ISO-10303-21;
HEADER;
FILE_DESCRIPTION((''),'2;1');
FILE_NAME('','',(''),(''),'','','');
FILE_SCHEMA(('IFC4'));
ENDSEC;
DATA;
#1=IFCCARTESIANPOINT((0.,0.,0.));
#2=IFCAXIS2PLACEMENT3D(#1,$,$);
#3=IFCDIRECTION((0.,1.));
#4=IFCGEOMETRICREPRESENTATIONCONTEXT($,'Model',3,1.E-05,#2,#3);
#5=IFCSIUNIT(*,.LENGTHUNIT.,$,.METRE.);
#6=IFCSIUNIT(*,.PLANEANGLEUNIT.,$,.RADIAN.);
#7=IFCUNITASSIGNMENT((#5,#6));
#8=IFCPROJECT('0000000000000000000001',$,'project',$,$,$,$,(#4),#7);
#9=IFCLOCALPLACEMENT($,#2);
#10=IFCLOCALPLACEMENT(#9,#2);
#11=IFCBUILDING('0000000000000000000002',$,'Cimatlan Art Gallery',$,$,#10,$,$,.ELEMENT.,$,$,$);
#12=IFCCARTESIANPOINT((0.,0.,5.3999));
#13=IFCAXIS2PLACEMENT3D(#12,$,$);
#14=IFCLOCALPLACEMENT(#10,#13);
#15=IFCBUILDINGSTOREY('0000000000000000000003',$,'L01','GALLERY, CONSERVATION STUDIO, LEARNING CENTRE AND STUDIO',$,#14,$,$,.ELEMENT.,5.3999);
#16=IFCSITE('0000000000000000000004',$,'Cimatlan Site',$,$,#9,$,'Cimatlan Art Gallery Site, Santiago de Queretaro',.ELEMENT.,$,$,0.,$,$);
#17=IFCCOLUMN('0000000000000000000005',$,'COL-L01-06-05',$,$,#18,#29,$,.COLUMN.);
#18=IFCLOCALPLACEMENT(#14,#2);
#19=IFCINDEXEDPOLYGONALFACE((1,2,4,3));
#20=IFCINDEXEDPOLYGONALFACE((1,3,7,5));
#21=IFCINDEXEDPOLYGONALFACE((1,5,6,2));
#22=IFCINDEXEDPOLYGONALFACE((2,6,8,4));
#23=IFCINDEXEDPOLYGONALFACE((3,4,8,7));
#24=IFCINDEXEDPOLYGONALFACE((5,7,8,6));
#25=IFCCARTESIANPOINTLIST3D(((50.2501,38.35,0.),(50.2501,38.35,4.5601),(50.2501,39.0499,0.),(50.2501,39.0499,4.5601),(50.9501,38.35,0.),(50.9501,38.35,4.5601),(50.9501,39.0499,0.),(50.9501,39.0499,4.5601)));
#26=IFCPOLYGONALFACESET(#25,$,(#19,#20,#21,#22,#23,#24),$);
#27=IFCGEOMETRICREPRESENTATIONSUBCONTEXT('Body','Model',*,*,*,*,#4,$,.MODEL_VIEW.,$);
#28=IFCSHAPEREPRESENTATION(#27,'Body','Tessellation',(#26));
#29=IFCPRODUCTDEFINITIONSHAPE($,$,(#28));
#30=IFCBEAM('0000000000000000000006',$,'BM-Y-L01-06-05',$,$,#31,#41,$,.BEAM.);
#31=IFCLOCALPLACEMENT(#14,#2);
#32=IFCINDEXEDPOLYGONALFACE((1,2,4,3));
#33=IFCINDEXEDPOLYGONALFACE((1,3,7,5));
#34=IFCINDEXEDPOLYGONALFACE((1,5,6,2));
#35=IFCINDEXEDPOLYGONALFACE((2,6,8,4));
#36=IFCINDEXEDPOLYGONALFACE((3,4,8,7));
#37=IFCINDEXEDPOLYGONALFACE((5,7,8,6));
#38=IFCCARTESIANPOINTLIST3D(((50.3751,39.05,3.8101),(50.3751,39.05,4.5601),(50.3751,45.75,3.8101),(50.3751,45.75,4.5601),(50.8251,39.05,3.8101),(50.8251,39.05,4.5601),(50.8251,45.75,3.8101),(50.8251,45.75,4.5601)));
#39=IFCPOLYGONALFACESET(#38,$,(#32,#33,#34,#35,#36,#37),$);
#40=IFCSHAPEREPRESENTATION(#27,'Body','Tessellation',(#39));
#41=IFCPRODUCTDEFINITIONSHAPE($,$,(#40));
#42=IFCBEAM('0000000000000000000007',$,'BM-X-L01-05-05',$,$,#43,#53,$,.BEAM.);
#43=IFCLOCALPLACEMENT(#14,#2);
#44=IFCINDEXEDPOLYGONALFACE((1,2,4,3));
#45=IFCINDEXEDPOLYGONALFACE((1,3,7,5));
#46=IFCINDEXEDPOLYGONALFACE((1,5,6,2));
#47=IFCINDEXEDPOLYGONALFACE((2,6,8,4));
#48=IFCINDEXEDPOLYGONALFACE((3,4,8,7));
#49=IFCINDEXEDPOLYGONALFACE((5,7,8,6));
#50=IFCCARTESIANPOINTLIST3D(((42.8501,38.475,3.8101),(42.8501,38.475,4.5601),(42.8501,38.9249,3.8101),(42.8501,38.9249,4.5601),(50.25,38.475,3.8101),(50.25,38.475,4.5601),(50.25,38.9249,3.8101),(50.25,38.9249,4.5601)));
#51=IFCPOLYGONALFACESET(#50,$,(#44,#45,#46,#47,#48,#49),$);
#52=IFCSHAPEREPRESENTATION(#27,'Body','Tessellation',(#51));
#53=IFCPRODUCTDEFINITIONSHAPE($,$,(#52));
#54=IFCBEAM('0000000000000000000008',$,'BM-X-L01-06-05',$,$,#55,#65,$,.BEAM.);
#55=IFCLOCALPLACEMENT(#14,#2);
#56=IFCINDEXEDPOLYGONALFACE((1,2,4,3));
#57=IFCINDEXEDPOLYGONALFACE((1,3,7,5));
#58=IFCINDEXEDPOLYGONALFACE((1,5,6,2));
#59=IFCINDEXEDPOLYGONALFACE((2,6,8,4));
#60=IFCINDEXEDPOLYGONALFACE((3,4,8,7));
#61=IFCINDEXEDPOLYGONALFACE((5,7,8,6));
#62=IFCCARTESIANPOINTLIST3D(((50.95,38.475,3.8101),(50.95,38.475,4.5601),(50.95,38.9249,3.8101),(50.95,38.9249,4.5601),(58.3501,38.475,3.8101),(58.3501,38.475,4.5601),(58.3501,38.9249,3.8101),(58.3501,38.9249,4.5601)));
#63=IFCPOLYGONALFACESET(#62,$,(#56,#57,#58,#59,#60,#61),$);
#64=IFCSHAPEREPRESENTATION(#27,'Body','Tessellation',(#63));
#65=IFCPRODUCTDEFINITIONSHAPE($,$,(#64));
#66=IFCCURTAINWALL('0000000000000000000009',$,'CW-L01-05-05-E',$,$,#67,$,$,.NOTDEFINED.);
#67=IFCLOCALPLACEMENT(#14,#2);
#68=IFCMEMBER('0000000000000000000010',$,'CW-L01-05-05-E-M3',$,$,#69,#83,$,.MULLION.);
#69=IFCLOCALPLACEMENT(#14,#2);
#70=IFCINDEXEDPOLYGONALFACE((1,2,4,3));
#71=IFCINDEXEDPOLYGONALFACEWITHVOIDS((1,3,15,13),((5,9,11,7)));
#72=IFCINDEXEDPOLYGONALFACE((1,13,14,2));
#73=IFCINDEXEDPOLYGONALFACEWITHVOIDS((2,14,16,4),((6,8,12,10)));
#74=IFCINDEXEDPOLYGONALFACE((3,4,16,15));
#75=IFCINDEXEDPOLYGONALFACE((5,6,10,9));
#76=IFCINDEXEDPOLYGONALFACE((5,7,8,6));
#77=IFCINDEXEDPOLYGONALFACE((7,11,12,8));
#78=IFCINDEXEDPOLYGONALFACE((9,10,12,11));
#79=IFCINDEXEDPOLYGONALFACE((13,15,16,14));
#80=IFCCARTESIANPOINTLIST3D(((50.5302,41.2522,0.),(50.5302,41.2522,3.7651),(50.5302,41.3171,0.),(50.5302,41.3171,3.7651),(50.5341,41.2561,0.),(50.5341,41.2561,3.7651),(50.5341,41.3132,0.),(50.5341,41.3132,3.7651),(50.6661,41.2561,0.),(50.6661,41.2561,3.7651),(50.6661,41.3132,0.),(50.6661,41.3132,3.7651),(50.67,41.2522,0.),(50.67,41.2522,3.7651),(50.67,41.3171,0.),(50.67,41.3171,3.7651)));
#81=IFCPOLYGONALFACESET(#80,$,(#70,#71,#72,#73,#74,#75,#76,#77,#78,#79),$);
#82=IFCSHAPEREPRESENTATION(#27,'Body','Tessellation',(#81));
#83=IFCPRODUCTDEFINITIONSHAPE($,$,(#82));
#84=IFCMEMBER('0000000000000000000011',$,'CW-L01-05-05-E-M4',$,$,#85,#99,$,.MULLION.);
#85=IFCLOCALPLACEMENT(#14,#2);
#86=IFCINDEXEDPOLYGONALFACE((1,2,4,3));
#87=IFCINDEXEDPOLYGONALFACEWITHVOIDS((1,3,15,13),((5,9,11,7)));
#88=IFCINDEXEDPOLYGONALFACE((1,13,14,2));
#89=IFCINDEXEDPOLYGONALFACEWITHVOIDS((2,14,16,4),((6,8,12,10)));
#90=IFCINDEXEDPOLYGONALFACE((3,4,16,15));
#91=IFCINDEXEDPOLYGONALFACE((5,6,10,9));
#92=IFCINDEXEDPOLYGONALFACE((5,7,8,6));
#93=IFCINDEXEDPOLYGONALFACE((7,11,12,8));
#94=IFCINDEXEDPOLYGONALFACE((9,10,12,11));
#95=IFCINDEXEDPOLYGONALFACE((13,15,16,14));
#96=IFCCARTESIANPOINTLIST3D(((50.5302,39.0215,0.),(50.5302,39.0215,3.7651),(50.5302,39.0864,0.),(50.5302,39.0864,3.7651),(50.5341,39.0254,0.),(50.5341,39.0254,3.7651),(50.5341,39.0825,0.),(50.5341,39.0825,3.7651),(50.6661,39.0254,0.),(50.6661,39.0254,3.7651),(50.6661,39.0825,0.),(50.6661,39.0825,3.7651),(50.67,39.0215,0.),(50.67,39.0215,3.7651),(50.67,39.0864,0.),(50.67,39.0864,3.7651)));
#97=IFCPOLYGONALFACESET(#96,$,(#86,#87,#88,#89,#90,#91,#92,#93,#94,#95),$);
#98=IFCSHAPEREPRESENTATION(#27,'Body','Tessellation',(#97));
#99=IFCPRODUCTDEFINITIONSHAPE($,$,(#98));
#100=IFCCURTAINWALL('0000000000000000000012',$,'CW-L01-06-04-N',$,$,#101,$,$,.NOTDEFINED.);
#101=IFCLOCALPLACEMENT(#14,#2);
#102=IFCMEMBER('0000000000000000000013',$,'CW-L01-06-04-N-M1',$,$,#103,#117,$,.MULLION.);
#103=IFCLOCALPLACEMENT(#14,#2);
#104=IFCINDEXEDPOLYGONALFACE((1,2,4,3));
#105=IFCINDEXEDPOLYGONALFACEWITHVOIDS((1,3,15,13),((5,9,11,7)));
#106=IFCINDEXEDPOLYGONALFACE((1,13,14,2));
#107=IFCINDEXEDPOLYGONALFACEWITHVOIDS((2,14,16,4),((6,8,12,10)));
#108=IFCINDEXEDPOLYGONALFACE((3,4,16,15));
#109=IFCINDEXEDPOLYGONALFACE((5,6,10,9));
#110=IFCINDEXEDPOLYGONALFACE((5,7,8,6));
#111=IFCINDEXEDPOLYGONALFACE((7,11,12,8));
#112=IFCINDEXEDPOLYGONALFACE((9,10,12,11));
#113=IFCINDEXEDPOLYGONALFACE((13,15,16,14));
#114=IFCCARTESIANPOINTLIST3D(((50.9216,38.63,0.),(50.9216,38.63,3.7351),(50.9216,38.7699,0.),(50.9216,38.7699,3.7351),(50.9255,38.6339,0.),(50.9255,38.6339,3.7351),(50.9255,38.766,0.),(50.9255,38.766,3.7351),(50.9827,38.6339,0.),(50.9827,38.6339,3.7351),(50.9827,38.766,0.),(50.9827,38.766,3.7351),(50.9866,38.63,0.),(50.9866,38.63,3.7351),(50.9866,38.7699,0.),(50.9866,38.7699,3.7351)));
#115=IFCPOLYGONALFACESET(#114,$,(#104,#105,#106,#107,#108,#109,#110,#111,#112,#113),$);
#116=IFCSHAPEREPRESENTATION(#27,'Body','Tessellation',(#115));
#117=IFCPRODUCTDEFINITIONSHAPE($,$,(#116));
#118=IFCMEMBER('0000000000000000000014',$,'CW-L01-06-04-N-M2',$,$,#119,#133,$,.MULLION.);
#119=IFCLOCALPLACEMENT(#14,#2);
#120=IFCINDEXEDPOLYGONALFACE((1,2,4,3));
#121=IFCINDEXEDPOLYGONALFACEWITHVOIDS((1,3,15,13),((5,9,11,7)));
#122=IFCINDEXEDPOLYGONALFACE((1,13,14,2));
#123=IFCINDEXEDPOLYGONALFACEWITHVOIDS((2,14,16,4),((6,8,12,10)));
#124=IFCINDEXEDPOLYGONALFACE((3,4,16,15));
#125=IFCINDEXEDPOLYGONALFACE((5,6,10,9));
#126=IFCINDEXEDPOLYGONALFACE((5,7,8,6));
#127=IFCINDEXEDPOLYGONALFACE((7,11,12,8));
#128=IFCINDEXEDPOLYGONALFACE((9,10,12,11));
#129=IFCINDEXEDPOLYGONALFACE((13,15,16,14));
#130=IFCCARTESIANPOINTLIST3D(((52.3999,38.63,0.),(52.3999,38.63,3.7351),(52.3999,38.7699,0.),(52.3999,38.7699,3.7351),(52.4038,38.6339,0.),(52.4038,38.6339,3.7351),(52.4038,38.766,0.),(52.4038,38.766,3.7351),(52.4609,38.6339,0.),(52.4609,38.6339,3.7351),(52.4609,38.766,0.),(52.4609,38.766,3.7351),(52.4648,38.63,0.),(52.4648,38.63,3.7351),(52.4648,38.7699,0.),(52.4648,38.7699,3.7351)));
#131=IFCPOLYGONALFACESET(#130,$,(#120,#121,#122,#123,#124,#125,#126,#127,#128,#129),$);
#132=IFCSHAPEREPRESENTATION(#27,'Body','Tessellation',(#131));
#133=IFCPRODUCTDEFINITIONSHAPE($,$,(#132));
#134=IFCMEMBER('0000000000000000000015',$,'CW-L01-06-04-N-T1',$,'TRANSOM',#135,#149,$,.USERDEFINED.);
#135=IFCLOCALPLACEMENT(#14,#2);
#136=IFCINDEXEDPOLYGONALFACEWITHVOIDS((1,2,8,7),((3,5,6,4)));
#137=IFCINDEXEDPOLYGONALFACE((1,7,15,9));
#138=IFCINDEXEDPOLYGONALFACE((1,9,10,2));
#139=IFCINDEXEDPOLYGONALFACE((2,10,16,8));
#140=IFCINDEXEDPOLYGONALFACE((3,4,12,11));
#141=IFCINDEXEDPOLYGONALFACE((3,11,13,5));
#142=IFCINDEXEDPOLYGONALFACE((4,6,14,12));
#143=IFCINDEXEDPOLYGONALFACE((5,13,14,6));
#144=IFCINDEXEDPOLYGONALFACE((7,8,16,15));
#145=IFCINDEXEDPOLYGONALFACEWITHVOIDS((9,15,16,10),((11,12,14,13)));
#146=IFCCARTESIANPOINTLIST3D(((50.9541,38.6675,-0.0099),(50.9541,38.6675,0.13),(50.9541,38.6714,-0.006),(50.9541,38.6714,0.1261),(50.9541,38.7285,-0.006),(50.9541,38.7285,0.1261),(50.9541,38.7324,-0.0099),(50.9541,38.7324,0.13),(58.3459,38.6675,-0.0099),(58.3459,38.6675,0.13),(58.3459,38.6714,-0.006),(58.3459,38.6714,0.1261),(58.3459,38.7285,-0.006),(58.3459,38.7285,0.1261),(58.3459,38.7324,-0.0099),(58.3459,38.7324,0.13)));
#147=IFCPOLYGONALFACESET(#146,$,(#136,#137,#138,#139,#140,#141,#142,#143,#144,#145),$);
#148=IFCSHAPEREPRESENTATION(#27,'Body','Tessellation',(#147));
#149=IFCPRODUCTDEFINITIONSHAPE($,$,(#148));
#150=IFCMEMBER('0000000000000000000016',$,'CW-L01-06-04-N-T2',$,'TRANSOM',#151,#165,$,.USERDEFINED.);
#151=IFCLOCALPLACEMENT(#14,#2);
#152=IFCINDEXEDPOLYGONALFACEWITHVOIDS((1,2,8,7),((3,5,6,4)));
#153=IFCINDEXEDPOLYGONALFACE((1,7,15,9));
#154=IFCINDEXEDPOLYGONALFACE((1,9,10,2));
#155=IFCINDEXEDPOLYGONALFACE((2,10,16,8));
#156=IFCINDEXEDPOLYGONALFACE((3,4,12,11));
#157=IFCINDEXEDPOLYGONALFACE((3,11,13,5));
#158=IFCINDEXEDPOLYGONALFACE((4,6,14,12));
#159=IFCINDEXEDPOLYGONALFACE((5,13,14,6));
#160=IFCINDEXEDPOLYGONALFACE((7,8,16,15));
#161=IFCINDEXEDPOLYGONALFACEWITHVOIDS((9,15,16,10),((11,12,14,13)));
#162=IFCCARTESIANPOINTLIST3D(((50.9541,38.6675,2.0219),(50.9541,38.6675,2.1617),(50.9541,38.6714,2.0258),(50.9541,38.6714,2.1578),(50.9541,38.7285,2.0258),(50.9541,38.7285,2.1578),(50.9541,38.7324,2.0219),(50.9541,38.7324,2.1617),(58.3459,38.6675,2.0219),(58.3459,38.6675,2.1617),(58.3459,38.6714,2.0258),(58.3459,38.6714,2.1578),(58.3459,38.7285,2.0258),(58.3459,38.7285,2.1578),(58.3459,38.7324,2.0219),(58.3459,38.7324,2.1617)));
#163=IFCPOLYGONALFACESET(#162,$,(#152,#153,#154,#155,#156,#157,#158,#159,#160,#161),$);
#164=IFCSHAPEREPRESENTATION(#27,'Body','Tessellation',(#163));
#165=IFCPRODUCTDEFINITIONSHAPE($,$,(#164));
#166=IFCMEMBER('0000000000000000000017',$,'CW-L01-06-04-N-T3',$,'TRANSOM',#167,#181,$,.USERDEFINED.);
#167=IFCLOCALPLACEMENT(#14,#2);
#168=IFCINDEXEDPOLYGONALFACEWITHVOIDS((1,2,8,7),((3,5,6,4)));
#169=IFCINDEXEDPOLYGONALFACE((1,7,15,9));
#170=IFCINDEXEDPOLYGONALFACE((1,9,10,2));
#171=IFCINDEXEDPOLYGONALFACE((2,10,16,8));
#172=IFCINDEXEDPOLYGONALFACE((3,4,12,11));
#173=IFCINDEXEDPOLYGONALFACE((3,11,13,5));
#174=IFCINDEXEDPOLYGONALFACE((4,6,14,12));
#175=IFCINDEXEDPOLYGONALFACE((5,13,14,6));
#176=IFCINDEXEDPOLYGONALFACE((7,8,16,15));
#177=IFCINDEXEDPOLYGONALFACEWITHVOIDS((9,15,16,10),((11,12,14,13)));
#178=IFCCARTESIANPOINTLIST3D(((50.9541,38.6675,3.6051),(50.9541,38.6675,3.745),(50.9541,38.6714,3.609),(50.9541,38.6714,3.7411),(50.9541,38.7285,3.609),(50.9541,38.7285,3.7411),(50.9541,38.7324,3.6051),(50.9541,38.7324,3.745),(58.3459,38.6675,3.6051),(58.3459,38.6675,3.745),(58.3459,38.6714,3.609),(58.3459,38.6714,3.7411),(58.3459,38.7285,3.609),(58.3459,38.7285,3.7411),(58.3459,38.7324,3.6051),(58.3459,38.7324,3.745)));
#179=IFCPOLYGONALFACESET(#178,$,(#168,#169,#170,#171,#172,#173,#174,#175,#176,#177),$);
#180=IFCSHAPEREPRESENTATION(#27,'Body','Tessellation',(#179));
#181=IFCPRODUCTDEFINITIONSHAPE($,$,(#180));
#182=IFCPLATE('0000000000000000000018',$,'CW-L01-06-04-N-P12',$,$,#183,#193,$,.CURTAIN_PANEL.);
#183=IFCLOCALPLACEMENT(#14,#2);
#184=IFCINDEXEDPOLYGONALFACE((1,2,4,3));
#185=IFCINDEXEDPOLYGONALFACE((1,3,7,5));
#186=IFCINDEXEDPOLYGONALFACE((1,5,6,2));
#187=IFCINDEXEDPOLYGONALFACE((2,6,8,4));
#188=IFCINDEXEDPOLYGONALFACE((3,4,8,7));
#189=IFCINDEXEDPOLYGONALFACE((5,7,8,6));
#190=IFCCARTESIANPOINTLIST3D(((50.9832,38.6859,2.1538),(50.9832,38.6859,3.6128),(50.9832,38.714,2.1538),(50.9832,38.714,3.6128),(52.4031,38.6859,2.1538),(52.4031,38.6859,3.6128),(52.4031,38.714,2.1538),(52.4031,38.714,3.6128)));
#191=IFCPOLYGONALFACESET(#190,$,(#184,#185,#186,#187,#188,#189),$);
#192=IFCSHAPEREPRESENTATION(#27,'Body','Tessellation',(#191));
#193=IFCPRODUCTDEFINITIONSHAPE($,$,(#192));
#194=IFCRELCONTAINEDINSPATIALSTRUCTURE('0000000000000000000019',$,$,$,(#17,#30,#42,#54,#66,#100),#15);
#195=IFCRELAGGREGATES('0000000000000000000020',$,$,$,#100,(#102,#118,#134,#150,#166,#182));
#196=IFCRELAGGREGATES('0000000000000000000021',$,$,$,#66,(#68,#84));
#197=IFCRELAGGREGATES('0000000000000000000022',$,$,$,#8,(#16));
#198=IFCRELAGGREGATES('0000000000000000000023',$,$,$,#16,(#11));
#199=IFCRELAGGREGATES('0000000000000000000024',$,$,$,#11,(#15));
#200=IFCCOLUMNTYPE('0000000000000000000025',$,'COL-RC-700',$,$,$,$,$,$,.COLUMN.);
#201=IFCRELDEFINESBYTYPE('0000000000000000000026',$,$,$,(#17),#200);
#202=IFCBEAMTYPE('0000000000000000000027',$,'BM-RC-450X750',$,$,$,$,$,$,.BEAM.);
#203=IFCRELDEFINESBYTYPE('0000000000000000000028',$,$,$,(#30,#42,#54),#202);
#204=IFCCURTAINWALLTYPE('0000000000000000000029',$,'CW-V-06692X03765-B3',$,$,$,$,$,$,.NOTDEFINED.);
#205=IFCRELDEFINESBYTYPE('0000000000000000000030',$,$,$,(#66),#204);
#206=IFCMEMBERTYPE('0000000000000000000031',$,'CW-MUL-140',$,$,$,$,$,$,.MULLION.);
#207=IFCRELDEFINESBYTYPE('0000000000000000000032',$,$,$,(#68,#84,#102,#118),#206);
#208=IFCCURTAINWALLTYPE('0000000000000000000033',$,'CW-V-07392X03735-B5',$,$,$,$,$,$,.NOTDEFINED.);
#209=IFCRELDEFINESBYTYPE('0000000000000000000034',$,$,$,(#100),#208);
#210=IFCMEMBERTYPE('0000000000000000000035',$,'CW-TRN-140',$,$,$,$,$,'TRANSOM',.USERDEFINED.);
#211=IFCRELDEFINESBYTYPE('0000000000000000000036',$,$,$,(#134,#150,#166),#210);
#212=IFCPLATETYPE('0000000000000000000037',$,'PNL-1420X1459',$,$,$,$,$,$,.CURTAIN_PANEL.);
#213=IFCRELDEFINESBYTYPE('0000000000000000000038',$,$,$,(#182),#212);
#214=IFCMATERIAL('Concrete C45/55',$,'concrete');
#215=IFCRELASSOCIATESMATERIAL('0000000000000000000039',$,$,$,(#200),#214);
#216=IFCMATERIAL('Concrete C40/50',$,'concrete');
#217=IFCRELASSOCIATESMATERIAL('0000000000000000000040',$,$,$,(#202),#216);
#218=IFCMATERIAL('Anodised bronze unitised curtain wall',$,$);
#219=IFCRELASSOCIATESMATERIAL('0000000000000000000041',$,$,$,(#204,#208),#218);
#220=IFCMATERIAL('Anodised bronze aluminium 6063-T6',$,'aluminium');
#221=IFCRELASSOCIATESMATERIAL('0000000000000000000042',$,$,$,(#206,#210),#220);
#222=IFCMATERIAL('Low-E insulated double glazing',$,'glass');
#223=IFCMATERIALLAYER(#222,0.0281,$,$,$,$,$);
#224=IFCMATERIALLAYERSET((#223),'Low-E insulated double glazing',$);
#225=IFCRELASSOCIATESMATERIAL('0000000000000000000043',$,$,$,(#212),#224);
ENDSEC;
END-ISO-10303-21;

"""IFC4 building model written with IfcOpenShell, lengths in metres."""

from ifc_helpers import new_model, si_unit, direction, frame, origin, origin_2d, place, context, subcontext, project, spatial, rectangle, hollow_rectangle, extrude, material, layer, layer_set, material_profile, profile_set, type_object, element, aggregate, save


model = new_model("IFC4")

# Units and contexts
model_context = context("Model", 3, precision=1e-05, world=origin(), true_north=direction((0.0, 1.0)))
body_context = subcontext(model_context, "Body", "Model", "MODEL_VIEW")
ifc_project = project(units=[si_unit("LENGTHUNIT", "METRE"), si_unit("PLANEANGLEUNIT", "RADIAN")], contexts=[model_context])

# Site, building, storey
site_placement = place(None, origin())
site = spatial("IfcSite", under=ifc_project, at=site_placement, Name="Cimatlan Site", LongName="Cimatlan Art Gallery Site, Santiago de Queretaro", CompositionType="ELEMENT", RefElevation=0.0)
building_placement = place(site_placement, origin())
building = spatial("IfcBuilding", under=site, at=building_placement, Name="Cimatlan Art Gallery", CompositionType="ELEMENT")
storey_placement = place(building_placement, frame((0.0, 0.0, 5.3999)))
storey = spatial("IfcBuildingStorey", under=building, at=storey_placement, Name="L01", Description="GALLERY, CONSERVATION STUDIO, LEARNING CENTRE AND STUDIO", CompositionType="ELEMENT", Elevation=5.3999)

# Column
ifc_material_1 = material(Name="Concrete C45/55", Category="concrete")
ifc_material_profile_1 = material_profile(ifc_material_1, rectangle(XDim=0.7, YDim=0.7, at=origin_2d()), Name="RC700X700")
ifc_profile_set_1 = profile_set([ifc_material_profile_1], Name="Concrete C45/55")
column_type = type_object("IfcColumnType", Name="COL-RC-700", PredefinedType="COLUMN", material=ifc_profile_set_1)
column_placement = place(storey_placement, frame((50.6001, 38.7, 0.0), z_axis=(0.0, 0.0, 1.0), x_axis=(1.0, 0.0, 0.0)))
element("IfcColumn", 1, at=column_placement, inside=storey, type_object=column_type, Name="COL-L01-06-05", PredefinedType="COLUMN", context=body_context, shape_type="SweptSolid", body=[
    extrude(rectangle(XDim=0.7, YDim=0.7, at=origin_2d()), origin(), (0.0, 0.0, 1.0), 4.5601),
])

# Beams
ifc_material_2 = material(Name="Concrete C40/50", Category="concrete")
ifc_material_profile_2 = material_profile(ifc_material_2, rectangle(XDim=0.45, YDim=0.75, at=origin_2d()), Name="RC450X750")
ifc_profile_set_2 = profile_set([ifc_material_profile_2], Name="Concrete C40/50")
beam_type = type_object("IfcBeamType", Name="BM-RC-450X750", PredefinedType="BEAM", material=ifc_profile_set_2)
beam_1_placement = place(storey_placement, frame((50.6001, 39.05, 4.1851), z_axis=(0.0, 1.0, 0.0), x_axis=(-1.0, 0.0, 0.0)))
element("IfcBeam", 2, at=beam_1_placement, inside=storey, type_object=beam_type, Name="BM-Y-L01-06-05", PredefinedType="BEAM", context=body_context, shape_type="SweptSolid", body=[
    extrude(rectangle(XDim=0.45, YDim=0.75, at=origin_2d()), origin(), (0.0, 0.0, 1.0), 6.7),
])
beam_2_placement = place(storey_placement, frame((42.8501, 38.7, 4.1851), z_axis=(1.0, 0.0, 0.0), x_axis=(0.0, 1.0, 0.0)))
element("IfcBeam", 3, at=beam_2_placement, inside=storey, type_object=beam_type, Name="BM-X-L01-05-05", PredefinedType="BEAM", context=body_context, shape_type="SweptSolid", body=[
    extrude(rectangle(XDim=0.45, YDim=0.75, at=origin_2d()), origin(), (0.0, 0.0, 1.0), 7.3999),
])
beam_3_placement = place(storey_placement, frame((50.95, 38.7, 4.1851), z_axis=(1.0, 0.0, 0.0), x_axis=(0.0, 1.0, 0.0)))
element("IfcBeam", 4, at=beam_3_placement, inside=storey, type_object=beam_type, Name="BM-X-L01-06-05", PredefinedType="BEAM", context=body_context, shape_type="SweptSolid", body=[
    extrude(rectangle(XDim=0.45, YDim=0.75, at=origin_2d()), origin(), (0.0, 0.0, 1.0), 7.4001),
])

# Curtain wall, members
ifc_material_3 = material(Name="Anodised bronze unitised curtain wall")
curtain_wall_type_1 = type_object("IfcCurtainWallType", Name="CW-V-06692X03765-B3", PredefinedType="NOTDEFINED", material=ifc_material_3)
curtain_wall_1_placement = place(storey_placement, origin())
curtain_wall_1 = element("IfcCurtainWall", 5, at=curtain_wall_1_placement, inside=storey, type_object=curtain_wall_type_1, Name="CW-L01-05-05-E", PredefinedType="NOTDEFINED")
ifc_material_4 = material(Name="Anodised bronze aluminium 6063-T6", Category="aluminium")
ifc_material_profile_3 = material_profile(ifc_material_4, hollow_rectangle(XDim=0.0649, YDim=0.1399, WallThickness=0.0039, at=origin_2d()), Name="ALU65X140X4")
ifc_profile_set_3 = profile_set([ifc_material_profile_3], Name="Anodised bronze aluminium 6063-T6")
member_type_1 = type_object("IfcMemberType", Name="CW-MUL-140", PredefinedType="MULLION", material=ifc_profile_set_3)
member_1_placement = place(storey_placement, frame((50.6001, 41.2847, 0.0), z_axis=(0.0, 0.0, 1.0), x_axis=(0.0, 1.0, 0.0)))
member_1 = element("IfcMember", 6, at=member_1_placement, type_object=member_type_1, Name="CW-L01-05-05-E-M3", PredefinedType="MULLION", context=body_context, shape_type="SweptSolid", body=[
    extrude(hollow_rectangle(XDim=0.0649, YDim=0.1399, WallThickness=0.0039, at=origin_2d()), origin(), (0.0, 0.0, 1.0), 3.7651),
])
member_2_placement = place(storey_placement, frame((50.6001, 39.054, 0.0), z_axis=(0.0, 0.0, 1.0), x_axis=(0.0, 1.0, 0.0)))
member_2 = element("IfcMember", 7, at=member_2_placement, type_object=member_type_1, Name="CW-L01-05-05-E-M4", PredefinedType="MULLION", context=body_context, shape_type="SweptSolid", body=[
    extrude(hollow_rectangle(XDim=0.0649, YDim=0.1399, WallThickness=0.0039, at=origin_2d()), origin(), (0.0, 0.0, 1.0), 3.7651),
])

# Curtain wall, members, plate
curtain_wall_type_2 = type_object("IfcCurtainWallType", Name="CW-V-07392X03735-B5", PredefinedType="NOTDEFINED", material=ifc_material_3)
curtain_wall_2_placement = place(storey_placement, origin())
curtain_wall_2 = element("IfcCurtainWall", 8, at=curtain_wall_2_placement, inside=storey, type_object=curtain_wall_type_2, Name="CW-L01-06-04-N", PredefinedType="NOTDEFINED")
member_3_placement = place(storey_placement, frame((50.9541, 38.7, 0.0), z_axis=(0.0, 0.0, 1.0), x_axis=(1.0, 0.0, 0.0)))
member_3 = element("IfcMember", 9, at=member_3_placement, type_object=member_type_1, Name="CW-L01-06-04-N-M1", PredefinedType="MULLION", context=body_context, shape_type="SweptSolid", body=[
    extrude(hollow_rectangle(XDim=0.0649, YDim=0.1399, WallThickness=0.0039, at=origin_2d()), origin(), (0.0, 0.0, 1.0), 3.7351),
])
member_4_placement = place(storey_placement, frame((52.4324, 38.7, 0.0), z_axis=(0.0, 0.0, 1.0), x_axis=(1.0, 0.0, 0.0)))
member_4 = element("IfcMember", 10, at=member_4_placement, type_object=member_type_1, Name="CW-L01-06-04-N-M2", PredefinedType="MULLION", context=body_context, shape_type="SweptSolid", body=[
    extrude(hollow_rectangle(XDim=0.0649, YDim=0.1399, WallThickness=0.0039, at=origin_2d()), origin(), (0.0, 0.0, 1.0), 3.7351),
])
ifc_material_profile_4 = material_profile(ifc_material_4, hollow_rectangle(XDim=0.0649, YDim=0.1399, WallThickness=0.0039, at=origin_2d()), Name="ALU65X140X4")
ifc_profile_set_4 = profile_set([ifc_material_profile_4], Name="Anodised bronze aluminium 6063-T6")
member_type_2 = type_object("IfcMemberType", Name="CW-TRN-140", ElementType="TRANSOM", PredefinedType="USERDEFINED", material=ifc_profile_set_4)
member_5_placement = place(storey_placement, frame((50.9541, 38.7, 0.0601), z_axis=(1.0, 0.0, 0.0), x_axis=(0.0, 1.0, 0.0)))
member_5 = element("IfcMember", 11, at=member_5_placement, type_object=member_type_2, Name="CW-L01-06-04-N-T1", ObjectType="TRANSOM", PredefinedType="USERDEFINED", context=body_context, shape_type="SweptSolid", body=[
    extrude(hollow_rectangle(XDim=0.0649, YDim=0.1399, WallThickness=0.0039, at=origin_2d()), origin(), (0.0, 0.0, 1.0), 7.3918),
])
member_6_placement = place(storey_placement, frame((50.9541, 38.7, 2.0918), z_axis=(1.0, 0.0, 0.0), x_axis=(0.0, 1.0, 0.0)))
member_6 = element("IfcMember", 12, at=member_6_placement, type_object=member_type_2, Name="CW-L01-06-04-N-T2", ObjectType="TRANSOM", PredefinedType="USERDEFINED", context=body_context, shape_type="SweptSolid", body=[
    extrude(hollow_rectangle(XDim=0.0649, YDim=0.1399, WallThickness=0.0039, at=origin_2d()), origin(), (0.0, 0.0, 1.0), 7.3918),
])
member_7_placement = place(storey_placement, frame((50.9541, 38.7, 3.675), z_axis=(1.0, 0.0, 0.0), x_axis=(0.0, 1.0, 0.0)))
member_7 = element("IfcMember", 13, at=member_7_placement, type_object=member_type_2, Name="CW-L01-06-04-N-T3", ObjectType="TRANSOM", PredefinedType="USERDEFINED", context=body_context, shape_type="SweptSolid", body=[
    extrude(hollow_rectangle(XDim=0.0649, YDim=0.1399, WallThickness=0.0039, at=origin_2d()), origin(), (0.0, 0.0, 1.0), 7.3918),
])
ifc_material_5 = material(Name="Low-E insulated double glazing", Category="glass")
ifc_layer_1 = layer(ifc_material_5, 0.0281)
ifc_layer_set_1 = layer_set([ifc_layer_1], Name="Low-E insulated double glazing")
plate_type_1 = type_object("IfcPlateType", Name="PNL-1420X1459", PredefinedType="CURTAIN_PANEL", material=ifc_layer_set_1)
plate_1_placement = place(storey_placement, frame((51.6931, 38.7, 2.1538), z_axis=(0.0, 0.0, 1.0), x_axis=(1.0, 0.0, 0.0)))
plate_1 = element("IfcPlate", 14, at=plate_1_placement, type_object=plate_type_1, Name="CW-L01-06-04-N-P12", PredefinedType="CURTAIN_PANEL", context=body_context, shape_type="SweptSolid", body=[
    extrude(rectangle(XDim=1.4199, YDim=0.0281, at=origin_2d()), origin(), (0.0, 0.0, 1.0), 1.459),
])
aggregate(curtain_wall_2, [member_3, member_4, member_5, member_6, member_7, plate_1])

aggregate(curtain_wall_1, [member_1, member_2])

save(model, "model.ifc")
